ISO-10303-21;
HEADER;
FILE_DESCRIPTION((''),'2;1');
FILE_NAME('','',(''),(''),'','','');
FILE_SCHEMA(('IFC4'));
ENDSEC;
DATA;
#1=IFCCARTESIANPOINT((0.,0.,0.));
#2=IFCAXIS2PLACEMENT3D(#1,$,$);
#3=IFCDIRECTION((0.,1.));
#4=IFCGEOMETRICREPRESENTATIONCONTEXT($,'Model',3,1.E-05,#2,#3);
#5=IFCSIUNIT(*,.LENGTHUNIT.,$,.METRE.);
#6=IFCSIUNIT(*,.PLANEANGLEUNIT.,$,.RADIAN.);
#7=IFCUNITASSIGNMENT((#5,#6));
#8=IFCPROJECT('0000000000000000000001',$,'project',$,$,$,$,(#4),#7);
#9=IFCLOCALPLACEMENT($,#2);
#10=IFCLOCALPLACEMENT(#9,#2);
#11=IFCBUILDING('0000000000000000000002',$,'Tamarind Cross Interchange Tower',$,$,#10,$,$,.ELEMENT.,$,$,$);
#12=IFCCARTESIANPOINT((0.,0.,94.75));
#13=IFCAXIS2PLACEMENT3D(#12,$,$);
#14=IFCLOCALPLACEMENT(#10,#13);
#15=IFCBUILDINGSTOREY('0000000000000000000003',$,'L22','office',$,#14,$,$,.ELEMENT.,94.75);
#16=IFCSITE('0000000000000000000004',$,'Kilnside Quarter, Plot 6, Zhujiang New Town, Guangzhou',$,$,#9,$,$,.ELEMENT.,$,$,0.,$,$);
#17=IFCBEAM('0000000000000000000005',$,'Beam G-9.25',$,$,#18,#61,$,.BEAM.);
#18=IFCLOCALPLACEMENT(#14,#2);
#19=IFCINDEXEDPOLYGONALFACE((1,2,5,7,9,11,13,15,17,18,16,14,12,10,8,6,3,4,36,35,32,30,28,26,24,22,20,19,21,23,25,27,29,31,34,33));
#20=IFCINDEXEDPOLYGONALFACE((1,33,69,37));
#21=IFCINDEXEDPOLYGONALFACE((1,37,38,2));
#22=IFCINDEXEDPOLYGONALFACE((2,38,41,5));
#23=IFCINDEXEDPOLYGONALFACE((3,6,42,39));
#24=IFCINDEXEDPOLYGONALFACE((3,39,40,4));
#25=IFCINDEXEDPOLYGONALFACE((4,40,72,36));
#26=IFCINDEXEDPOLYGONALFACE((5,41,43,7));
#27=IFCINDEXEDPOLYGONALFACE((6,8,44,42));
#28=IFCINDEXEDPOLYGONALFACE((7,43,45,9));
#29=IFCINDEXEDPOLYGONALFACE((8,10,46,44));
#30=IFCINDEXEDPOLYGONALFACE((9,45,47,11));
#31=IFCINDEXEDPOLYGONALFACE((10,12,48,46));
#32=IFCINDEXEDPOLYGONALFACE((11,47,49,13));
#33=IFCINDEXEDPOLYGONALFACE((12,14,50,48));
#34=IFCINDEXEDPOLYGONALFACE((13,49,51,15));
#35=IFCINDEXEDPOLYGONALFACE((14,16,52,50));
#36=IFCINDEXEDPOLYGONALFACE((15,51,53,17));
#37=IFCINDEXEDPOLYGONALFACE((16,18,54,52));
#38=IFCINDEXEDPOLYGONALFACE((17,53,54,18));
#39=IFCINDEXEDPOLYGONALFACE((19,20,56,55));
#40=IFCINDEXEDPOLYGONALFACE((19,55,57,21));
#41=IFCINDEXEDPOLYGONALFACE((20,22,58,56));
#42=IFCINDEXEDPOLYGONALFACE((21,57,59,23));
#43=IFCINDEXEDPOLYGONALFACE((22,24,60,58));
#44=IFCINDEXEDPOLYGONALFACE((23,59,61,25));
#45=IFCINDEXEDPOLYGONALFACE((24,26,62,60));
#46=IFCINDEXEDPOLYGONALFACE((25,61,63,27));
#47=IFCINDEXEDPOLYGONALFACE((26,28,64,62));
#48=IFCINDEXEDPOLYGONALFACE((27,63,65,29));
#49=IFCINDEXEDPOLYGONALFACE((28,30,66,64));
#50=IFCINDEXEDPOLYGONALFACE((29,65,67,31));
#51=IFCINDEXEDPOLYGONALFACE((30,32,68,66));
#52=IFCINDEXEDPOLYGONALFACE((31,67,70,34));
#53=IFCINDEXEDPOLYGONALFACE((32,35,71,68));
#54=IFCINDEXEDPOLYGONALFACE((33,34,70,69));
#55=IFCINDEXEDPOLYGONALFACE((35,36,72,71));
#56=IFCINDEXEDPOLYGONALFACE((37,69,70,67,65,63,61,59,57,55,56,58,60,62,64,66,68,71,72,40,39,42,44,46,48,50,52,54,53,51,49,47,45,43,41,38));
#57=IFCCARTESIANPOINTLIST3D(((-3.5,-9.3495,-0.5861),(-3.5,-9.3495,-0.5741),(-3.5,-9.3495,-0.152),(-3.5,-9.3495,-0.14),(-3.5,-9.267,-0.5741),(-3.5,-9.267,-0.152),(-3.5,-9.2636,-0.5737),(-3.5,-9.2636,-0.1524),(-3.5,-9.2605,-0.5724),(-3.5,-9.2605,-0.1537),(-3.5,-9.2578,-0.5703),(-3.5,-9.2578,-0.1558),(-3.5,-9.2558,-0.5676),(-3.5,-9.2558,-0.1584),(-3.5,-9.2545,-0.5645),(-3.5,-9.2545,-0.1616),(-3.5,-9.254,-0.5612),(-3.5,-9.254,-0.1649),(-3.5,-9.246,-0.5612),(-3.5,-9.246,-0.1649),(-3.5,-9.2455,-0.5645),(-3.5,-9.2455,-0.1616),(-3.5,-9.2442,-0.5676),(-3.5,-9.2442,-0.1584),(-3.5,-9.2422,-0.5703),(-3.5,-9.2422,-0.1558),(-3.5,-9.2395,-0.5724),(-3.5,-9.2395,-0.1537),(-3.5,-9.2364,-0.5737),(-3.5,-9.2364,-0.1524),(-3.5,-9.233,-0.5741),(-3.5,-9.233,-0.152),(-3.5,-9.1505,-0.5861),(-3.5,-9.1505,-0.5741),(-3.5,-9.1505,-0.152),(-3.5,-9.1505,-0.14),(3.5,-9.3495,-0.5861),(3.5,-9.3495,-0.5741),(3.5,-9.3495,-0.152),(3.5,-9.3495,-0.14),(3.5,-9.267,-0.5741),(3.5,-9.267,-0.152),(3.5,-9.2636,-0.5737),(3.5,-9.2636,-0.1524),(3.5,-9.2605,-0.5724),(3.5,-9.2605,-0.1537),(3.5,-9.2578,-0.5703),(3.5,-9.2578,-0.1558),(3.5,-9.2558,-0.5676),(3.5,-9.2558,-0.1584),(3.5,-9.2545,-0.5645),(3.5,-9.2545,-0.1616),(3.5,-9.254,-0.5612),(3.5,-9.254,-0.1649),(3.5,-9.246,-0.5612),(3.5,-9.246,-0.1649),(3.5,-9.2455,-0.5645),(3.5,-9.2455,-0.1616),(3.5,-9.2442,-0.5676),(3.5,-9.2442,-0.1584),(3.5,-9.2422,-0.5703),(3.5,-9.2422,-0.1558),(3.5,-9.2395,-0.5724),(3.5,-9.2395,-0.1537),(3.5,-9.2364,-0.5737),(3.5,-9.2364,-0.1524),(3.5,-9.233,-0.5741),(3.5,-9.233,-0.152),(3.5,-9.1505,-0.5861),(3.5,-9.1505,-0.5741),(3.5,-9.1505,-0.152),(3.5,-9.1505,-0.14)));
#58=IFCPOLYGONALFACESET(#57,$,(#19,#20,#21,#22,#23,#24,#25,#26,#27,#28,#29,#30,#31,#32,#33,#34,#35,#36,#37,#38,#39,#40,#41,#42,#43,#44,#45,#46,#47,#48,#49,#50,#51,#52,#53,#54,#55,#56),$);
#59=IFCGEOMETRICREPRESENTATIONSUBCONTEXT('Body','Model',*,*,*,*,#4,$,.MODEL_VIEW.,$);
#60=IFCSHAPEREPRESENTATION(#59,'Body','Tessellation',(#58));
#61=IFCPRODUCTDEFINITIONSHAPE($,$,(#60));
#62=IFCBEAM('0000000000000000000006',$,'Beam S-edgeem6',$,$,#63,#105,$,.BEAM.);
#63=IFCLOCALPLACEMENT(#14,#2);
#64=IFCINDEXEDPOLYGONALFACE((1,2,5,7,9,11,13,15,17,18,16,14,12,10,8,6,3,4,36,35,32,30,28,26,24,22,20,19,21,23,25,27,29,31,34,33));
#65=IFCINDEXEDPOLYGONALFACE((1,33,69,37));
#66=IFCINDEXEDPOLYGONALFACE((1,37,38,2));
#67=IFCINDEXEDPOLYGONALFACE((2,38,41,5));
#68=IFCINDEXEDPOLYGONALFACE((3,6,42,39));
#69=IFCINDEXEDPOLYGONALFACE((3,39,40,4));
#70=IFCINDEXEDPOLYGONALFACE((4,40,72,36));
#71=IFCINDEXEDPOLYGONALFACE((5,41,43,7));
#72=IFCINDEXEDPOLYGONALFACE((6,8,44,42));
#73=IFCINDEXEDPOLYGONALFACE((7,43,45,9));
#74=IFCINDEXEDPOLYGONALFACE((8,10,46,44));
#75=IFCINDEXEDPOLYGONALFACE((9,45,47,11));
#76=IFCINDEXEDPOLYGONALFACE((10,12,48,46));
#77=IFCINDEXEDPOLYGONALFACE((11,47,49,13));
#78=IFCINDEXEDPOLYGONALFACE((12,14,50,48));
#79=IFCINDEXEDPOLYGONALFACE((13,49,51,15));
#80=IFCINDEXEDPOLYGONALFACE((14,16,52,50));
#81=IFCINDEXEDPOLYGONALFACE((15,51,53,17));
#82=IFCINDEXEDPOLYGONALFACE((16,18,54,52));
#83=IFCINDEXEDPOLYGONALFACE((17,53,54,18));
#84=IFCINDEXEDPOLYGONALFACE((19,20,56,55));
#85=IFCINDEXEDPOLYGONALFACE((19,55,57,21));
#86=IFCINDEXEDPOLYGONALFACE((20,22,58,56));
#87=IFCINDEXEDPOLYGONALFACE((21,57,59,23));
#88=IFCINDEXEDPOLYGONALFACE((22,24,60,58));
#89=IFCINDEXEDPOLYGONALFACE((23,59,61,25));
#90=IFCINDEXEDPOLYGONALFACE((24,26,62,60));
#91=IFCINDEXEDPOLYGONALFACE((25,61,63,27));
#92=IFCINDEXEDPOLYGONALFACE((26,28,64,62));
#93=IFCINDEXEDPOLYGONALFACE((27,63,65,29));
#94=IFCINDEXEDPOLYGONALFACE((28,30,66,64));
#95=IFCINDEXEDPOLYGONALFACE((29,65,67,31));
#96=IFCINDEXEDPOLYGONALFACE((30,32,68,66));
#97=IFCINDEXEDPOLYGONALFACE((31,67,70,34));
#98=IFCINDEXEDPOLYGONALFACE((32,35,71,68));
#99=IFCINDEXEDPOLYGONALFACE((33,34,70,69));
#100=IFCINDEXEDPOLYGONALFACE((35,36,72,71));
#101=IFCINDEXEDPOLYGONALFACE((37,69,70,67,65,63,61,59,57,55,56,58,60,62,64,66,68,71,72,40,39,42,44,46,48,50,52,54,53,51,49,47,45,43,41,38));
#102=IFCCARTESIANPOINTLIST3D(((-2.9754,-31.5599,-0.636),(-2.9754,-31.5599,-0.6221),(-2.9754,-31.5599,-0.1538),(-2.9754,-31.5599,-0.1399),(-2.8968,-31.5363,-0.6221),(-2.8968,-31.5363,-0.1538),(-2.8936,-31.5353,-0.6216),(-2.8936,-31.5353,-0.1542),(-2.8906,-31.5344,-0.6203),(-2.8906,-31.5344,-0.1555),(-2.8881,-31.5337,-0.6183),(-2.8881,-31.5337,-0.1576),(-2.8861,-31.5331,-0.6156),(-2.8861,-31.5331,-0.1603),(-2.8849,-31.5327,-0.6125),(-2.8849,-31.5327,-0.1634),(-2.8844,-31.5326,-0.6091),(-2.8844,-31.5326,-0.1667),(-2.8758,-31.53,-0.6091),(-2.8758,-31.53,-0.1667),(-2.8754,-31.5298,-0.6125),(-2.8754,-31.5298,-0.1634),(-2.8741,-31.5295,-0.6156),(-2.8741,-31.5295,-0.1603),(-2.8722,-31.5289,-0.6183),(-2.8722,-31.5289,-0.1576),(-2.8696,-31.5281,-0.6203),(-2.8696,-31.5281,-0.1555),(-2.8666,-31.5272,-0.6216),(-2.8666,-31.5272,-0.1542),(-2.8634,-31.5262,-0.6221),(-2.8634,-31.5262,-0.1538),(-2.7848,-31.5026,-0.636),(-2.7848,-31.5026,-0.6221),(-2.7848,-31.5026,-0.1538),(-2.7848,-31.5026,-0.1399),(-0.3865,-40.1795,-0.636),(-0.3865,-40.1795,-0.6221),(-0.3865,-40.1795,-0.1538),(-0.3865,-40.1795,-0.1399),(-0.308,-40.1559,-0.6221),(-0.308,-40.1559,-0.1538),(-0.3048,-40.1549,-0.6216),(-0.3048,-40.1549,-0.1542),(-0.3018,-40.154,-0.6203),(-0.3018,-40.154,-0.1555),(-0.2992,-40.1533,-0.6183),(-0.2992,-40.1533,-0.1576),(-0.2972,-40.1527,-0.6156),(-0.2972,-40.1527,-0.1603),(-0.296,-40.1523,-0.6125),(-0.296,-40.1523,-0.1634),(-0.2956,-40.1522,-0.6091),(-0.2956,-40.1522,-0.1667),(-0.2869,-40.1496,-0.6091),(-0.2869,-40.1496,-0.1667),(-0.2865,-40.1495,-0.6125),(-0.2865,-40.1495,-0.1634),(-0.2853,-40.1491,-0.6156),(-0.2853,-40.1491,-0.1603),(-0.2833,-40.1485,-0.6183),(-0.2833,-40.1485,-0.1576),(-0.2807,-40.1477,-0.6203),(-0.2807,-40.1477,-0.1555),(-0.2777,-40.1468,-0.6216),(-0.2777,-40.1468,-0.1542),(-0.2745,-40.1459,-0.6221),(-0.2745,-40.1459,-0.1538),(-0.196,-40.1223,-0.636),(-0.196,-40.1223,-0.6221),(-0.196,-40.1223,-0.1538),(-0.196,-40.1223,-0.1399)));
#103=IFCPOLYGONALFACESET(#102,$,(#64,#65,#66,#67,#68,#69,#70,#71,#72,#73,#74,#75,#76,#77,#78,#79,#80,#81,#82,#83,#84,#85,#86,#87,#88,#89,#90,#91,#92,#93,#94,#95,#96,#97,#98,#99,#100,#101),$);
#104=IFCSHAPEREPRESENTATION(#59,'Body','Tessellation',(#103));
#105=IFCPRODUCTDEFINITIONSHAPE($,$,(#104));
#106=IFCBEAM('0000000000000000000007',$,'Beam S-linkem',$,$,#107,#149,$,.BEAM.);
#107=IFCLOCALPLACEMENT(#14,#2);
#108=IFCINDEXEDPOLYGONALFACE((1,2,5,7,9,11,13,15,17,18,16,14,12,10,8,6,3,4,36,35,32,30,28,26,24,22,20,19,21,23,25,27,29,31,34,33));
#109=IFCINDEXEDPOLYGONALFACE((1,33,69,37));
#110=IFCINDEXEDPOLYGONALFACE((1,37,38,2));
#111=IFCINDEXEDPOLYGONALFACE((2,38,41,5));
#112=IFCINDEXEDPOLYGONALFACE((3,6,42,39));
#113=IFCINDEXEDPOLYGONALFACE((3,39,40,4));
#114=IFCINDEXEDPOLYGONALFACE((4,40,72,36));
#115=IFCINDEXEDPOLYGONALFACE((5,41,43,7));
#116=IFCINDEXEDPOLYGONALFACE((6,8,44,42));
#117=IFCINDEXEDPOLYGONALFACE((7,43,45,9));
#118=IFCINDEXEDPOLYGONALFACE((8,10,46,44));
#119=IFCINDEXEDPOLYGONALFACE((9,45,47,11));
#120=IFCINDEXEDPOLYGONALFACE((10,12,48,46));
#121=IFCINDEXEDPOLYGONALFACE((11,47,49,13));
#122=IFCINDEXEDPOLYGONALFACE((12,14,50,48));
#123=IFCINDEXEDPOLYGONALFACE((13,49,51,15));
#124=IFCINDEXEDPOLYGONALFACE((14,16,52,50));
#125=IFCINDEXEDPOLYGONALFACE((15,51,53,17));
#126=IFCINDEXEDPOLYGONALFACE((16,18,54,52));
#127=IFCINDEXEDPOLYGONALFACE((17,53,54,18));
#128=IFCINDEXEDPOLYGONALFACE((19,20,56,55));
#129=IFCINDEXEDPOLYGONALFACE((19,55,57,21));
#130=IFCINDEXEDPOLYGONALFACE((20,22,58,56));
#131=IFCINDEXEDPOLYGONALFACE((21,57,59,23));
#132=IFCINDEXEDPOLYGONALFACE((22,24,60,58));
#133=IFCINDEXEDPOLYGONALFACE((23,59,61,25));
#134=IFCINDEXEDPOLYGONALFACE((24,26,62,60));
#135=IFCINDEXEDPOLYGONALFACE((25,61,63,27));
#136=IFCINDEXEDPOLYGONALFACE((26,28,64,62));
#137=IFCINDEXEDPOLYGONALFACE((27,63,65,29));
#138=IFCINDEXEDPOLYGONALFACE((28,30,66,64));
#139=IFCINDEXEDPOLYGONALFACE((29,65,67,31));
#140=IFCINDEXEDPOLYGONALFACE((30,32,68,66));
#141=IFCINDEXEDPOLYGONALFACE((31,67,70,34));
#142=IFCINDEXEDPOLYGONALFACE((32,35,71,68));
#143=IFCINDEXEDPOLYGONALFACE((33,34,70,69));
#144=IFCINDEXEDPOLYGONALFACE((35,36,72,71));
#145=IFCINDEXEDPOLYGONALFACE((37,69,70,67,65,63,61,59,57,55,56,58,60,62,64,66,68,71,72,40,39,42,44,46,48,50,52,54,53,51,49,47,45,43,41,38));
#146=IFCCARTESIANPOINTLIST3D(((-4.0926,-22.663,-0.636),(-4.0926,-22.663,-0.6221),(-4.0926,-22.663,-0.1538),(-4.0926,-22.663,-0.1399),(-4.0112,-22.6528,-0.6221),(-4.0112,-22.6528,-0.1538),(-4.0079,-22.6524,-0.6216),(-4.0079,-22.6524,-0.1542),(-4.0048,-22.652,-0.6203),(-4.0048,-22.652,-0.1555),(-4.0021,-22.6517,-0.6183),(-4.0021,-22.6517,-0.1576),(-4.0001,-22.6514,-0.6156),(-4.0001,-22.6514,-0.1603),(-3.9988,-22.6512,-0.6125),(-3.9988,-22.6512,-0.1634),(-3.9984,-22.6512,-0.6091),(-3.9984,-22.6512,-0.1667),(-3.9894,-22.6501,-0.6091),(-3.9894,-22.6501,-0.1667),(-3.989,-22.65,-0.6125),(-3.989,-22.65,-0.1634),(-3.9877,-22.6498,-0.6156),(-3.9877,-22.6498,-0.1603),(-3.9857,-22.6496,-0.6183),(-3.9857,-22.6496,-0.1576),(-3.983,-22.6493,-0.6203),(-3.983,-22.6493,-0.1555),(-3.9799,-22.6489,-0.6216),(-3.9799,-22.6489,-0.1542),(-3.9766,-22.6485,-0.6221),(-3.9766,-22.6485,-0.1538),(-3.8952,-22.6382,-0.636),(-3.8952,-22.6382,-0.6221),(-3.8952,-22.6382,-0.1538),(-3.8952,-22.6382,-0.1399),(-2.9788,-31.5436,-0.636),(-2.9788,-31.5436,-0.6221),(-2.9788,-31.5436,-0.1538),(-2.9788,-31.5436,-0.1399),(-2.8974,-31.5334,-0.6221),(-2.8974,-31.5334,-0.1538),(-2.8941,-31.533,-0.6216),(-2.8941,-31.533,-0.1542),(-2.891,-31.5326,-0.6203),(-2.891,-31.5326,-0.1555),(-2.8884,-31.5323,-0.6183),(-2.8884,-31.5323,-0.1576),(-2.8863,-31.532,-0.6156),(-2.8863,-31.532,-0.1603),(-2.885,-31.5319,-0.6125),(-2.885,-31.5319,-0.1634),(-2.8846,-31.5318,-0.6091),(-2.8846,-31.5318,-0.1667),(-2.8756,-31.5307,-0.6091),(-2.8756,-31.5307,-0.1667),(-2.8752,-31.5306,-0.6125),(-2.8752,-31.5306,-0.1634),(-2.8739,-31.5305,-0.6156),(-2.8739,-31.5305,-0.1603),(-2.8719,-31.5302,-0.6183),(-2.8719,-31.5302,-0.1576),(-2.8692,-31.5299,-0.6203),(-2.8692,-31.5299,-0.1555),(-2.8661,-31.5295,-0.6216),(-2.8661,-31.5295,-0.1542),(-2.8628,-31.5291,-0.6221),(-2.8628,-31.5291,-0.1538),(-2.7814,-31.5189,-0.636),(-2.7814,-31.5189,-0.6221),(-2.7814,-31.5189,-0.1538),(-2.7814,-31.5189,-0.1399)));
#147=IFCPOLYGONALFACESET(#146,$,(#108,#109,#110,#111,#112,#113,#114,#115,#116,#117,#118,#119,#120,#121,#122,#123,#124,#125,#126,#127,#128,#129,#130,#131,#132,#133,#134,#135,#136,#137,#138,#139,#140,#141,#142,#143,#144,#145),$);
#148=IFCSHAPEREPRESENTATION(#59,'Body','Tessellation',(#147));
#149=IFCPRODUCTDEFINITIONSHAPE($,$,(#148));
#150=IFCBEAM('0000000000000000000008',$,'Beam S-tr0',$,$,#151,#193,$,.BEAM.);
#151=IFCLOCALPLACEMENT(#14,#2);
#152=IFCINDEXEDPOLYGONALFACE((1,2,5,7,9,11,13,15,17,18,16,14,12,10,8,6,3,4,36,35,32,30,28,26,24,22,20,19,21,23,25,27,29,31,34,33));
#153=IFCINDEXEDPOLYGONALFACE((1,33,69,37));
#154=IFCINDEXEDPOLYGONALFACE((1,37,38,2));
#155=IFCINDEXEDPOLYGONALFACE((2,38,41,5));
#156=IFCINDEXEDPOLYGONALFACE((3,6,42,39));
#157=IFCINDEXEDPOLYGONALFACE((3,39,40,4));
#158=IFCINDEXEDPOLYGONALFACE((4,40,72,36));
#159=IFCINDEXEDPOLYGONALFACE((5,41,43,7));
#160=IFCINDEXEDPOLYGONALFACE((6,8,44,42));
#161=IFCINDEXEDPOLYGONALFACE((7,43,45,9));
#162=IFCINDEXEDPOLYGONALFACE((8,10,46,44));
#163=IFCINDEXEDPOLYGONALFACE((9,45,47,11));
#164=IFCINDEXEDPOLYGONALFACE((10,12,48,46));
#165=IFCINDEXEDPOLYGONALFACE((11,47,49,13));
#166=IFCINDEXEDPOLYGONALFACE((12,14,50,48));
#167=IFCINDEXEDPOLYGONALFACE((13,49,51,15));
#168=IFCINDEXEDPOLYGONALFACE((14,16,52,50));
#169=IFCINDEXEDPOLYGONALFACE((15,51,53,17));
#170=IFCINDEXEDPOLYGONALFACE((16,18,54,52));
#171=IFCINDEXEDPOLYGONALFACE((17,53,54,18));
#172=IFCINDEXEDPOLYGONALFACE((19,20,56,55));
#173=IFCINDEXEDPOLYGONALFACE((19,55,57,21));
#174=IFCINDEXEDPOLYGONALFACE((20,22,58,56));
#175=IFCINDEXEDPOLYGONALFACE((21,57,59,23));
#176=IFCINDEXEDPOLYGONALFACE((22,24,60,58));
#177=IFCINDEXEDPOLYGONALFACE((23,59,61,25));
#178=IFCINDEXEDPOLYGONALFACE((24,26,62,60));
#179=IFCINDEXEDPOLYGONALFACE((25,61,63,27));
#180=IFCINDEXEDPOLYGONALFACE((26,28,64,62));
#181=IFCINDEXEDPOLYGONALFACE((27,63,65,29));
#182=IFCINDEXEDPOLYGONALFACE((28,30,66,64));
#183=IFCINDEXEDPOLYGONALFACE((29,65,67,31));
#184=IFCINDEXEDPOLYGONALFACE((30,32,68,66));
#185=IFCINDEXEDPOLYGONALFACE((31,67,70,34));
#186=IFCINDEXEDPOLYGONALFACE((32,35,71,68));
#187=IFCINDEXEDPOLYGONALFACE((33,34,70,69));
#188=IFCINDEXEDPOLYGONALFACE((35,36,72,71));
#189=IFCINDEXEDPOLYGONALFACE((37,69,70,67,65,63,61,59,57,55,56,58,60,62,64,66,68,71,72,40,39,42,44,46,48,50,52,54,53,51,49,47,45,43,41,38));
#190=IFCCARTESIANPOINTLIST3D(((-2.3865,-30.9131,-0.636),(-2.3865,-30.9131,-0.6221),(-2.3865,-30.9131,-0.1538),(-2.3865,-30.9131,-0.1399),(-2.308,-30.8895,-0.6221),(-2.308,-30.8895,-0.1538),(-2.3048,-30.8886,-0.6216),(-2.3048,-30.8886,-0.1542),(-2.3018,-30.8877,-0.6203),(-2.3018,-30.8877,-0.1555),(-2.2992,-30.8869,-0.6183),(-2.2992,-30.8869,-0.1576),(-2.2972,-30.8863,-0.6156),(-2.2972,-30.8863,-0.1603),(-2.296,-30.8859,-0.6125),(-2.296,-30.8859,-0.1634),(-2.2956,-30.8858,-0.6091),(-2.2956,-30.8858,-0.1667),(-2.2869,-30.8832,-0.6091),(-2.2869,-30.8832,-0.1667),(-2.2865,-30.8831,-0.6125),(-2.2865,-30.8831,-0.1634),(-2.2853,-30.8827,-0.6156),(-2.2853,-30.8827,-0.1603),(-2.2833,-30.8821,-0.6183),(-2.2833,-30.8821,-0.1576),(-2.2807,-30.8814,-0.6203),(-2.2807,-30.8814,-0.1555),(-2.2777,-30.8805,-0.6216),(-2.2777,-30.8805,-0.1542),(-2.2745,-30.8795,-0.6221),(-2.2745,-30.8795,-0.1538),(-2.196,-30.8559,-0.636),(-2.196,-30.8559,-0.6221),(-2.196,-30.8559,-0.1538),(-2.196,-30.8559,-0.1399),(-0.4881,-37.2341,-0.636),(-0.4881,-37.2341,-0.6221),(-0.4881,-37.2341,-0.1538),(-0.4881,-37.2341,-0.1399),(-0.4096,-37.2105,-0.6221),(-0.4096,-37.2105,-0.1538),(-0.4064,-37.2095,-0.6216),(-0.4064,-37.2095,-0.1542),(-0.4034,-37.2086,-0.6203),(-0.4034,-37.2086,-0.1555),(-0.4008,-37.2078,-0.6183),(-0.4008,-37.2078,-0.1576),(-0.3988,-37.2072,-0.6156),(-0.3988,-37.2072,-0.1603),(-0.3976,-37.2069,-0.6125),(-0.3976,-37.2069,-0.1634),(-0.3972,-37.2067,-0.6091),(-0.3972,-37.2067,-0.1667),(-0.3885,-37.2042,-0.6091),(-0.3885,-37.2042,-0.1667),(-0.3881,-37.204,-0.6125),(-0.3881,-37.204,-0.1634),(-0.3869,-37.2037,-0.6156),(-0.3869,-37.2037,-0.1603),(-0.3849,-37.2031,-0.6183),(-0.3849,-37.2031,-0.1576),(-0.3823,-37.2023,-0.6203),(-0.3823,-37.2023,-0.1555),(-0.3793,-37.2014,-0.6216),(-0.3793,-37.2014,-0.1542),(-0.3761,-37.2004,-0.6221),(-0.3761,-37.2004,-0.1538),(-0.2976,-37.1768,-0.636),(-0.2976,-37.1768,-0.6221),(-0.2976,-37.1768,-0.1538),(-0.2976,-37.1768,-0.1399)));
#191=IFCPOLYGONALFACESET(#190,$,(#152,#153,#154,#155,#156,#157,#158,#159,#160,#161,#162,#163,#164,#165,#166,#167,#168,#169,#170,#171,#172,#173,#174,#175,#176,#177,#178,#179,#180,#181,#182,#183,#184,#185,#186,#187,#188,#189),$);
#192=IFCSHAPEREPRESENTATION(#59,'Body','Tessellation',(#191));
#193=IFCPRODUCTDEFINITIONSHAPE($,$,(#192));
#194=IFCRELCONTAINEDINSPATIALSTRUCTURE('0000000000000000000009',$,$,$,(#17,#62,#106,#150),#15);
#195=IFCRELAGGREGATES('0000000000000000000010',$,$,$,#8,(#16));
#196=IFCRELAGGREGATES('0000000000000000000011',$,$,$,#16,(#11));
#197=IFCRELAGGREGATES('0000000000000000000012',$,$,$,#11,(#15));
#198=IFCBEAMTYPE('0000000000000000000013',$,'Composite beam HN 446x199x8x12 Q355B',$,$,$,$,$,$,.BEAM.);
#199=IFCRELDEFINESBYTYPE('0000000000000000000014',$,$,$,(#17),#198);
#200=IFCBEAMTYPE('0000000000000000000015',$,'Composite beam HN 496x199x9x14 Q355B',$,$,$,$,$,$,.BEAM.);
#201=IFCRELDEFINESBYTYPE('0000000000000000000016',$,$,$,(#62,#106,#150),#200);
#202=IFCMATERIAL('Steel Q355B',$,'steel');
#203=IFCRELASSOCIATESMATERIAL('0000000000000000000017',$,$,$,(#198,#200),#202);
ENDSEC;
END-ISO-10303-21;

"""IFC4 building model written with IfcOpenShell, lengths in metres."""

from ifc_helpers import new_model, si_unit, direction, frame, origin, origin_2d, place, context, subcontext, project, spatial, i_section, extrude, material, material_profile, profile_set, type_object, element, save


model = new_model("IFC4")

# Units and contexts
model_context = context("Model", 3, precision=1e-05, world=origin(), true_north=direction((0.0, 1.0)))
body_context = subcontext(model_context, "Body", "Model", "MODEL_VIEW")
ifc_project = project(units=[si_unit("LENGTHUNIT", "METRE"), si_unit("PLANEANGLEUNIT", "RADIAN")], contexts=[model_context])

# Site, building, storey
site_placement = place(None, origin())
site = spatial("IfcSite", under=ifc_project, at=site_placement, Name="Kilnside Quarter, Plot 6, Zhujiang New Town, Guangzhou", CompositionType="ELEMENT", RefElevation=0.0)
building_placement = place(site_placement, origin())
building = spatial("IfcBuilding", under=site, at=building_placement, Name="Tamarind Cross Interchange Tower", CompositionType="ELEMENT")
storey_placement = place(building_placement, frame((0.0, 0.0, 94.75)))
storey = spatial("IfcBuildingStorey", under=building, at=storey_placement, Name="L22", Description="office", CompositionType="ELEMENT", Elevation=94.75)

# Beams
ifc_material_1 = material(Name="Steel Q355B", Category="steel")
ifc_material_profile_1 = material_profile(ifc_material_1, i_section(OverallWidth=0.199, OverallDepth=0.446, WebThickness=0.0081, FlangeThickness=0.012, FilletRadius=0.0129, at=origin_2d()), Name="HN 446x199x8x12")
ifc_profile_set_1 = profile_set([ifc_material_profile_1], Name="Steel Q355B")
beam_type_1 = type_object("IfcBeamType", Name="Composite beam HN 446x199x8x12 Q355B", PredefinedType="BEAM", material=ifc_profile_set_1)
beam_1_placement = place(storey_placement, frame((-3.5, -9.25, -0.363), z_axis=(1.0, 0.0, 0.0), x_axis=(0.0, 1.0, 0.0)))
element("IfcBeam", 1, at=beam_1_placement, inside=storey, type_object=beam_type_1, Name="Beam G-9.25", PredefinedType="BEAM", context=body_context, shape_type="SweptSolid", body=[
    extrude(i_section(OverallWidth=0.199, OverallDepth=0.446, WebThickness=0.0081, FlangeThickness=0.012, FilletRadius=0.0129, at=origin_2d()), origin(), (0.0, 0.0, 1.0), 7.0),
])
ifc_material_profile_2 = material_profile(ifc_material_1, i_section(OverallWidth=0.199, OverallDepth=0.4961, WebThickness=0.009, FlangeThickness=0.0139, FilletRadius=0.0129, at=origin_2d()), Name="HN 496x199x9x14")
ifc_profile_set_2 = profile_set([ifc_material_profile_2], Name="Steel Q355B")
beam_type_2 = type_object("IfcBeamType", Name="Composite beam HN 496x199x9x14 Q355B", PredefinedType="BEAM", material=ifc_profile_set_2)
beam_2_placement = place(storey_placement, frame((-0.2913, -40.1509, -0.3879), z_axis=(-0.287651, 0.957735, 0.0), x_axis=(-0.957735, -0.287651, 0.0)))
element("IfcBeam", 2, at=beam_2_placement, inside=storey, type_object=beam_type_2, Name="Beam S-edgeem6", PredefinedType="BEAM", context=body_context, shape_type="SweptSolid", body=[
    extrude(i_section(OverallWidth=0.199, OverallDepth=0.4961, WebThickness=0.009, FlangeThickness=0.0139, FilletRadius=0.0129, at=origin_2d()), origin(), (0.0, 0.0, 1.0), 9.0),
])
beam_3_placement = place(storey_placement, frame((-2.8801, -31.5312, -0.3879), z_axis=(-0.124441, 0.992227, 0.0), x_axis=(-0.992227, -0.124441, 0.0)))
element("IfcBeam", 3, at=beam_3_placement, inside=storey, type_object=beam_type_2, Name="Beam S-linkem", PredefinedType="BEAM", context=body_context, shape_type="SweptSolid", body=[
    extrude(i_section(OverallWidth=0.199, OverallDepth=0.4961, WebThickness=0.009, FlangeThickness=0.0139, FilletRadius=0.0129, at=origin_2d()), origin(), (0.0, 0.0, 1.0), 8.9502),
])
beam_4_placement = place(storey_placement, frame((-2.2913, -30.8845, -0.3879), z_axis=(0.287643, -0.957738, 0.0), x_axis=(0.957738, 0.287643, 0.0)))
element("IfcBeam", 4, at=beam_4_placement, inside=storey, type_object=beam_type_2, Name="Beam S-tr0", PredefinedType="BEAM", context=body_context, shape_type="SweptSolid", body=[
    extrude(i_section(OverallWidth=0.199, OverallDepth=0.4961, WebThickness=0.009, FlangeThickness=0.0139, FilletRadius=0.0129, at=origin_2d()), origin(), (0.0, 0.0, 1.0), 6.5999),
])

save(model, "model.ifc")
